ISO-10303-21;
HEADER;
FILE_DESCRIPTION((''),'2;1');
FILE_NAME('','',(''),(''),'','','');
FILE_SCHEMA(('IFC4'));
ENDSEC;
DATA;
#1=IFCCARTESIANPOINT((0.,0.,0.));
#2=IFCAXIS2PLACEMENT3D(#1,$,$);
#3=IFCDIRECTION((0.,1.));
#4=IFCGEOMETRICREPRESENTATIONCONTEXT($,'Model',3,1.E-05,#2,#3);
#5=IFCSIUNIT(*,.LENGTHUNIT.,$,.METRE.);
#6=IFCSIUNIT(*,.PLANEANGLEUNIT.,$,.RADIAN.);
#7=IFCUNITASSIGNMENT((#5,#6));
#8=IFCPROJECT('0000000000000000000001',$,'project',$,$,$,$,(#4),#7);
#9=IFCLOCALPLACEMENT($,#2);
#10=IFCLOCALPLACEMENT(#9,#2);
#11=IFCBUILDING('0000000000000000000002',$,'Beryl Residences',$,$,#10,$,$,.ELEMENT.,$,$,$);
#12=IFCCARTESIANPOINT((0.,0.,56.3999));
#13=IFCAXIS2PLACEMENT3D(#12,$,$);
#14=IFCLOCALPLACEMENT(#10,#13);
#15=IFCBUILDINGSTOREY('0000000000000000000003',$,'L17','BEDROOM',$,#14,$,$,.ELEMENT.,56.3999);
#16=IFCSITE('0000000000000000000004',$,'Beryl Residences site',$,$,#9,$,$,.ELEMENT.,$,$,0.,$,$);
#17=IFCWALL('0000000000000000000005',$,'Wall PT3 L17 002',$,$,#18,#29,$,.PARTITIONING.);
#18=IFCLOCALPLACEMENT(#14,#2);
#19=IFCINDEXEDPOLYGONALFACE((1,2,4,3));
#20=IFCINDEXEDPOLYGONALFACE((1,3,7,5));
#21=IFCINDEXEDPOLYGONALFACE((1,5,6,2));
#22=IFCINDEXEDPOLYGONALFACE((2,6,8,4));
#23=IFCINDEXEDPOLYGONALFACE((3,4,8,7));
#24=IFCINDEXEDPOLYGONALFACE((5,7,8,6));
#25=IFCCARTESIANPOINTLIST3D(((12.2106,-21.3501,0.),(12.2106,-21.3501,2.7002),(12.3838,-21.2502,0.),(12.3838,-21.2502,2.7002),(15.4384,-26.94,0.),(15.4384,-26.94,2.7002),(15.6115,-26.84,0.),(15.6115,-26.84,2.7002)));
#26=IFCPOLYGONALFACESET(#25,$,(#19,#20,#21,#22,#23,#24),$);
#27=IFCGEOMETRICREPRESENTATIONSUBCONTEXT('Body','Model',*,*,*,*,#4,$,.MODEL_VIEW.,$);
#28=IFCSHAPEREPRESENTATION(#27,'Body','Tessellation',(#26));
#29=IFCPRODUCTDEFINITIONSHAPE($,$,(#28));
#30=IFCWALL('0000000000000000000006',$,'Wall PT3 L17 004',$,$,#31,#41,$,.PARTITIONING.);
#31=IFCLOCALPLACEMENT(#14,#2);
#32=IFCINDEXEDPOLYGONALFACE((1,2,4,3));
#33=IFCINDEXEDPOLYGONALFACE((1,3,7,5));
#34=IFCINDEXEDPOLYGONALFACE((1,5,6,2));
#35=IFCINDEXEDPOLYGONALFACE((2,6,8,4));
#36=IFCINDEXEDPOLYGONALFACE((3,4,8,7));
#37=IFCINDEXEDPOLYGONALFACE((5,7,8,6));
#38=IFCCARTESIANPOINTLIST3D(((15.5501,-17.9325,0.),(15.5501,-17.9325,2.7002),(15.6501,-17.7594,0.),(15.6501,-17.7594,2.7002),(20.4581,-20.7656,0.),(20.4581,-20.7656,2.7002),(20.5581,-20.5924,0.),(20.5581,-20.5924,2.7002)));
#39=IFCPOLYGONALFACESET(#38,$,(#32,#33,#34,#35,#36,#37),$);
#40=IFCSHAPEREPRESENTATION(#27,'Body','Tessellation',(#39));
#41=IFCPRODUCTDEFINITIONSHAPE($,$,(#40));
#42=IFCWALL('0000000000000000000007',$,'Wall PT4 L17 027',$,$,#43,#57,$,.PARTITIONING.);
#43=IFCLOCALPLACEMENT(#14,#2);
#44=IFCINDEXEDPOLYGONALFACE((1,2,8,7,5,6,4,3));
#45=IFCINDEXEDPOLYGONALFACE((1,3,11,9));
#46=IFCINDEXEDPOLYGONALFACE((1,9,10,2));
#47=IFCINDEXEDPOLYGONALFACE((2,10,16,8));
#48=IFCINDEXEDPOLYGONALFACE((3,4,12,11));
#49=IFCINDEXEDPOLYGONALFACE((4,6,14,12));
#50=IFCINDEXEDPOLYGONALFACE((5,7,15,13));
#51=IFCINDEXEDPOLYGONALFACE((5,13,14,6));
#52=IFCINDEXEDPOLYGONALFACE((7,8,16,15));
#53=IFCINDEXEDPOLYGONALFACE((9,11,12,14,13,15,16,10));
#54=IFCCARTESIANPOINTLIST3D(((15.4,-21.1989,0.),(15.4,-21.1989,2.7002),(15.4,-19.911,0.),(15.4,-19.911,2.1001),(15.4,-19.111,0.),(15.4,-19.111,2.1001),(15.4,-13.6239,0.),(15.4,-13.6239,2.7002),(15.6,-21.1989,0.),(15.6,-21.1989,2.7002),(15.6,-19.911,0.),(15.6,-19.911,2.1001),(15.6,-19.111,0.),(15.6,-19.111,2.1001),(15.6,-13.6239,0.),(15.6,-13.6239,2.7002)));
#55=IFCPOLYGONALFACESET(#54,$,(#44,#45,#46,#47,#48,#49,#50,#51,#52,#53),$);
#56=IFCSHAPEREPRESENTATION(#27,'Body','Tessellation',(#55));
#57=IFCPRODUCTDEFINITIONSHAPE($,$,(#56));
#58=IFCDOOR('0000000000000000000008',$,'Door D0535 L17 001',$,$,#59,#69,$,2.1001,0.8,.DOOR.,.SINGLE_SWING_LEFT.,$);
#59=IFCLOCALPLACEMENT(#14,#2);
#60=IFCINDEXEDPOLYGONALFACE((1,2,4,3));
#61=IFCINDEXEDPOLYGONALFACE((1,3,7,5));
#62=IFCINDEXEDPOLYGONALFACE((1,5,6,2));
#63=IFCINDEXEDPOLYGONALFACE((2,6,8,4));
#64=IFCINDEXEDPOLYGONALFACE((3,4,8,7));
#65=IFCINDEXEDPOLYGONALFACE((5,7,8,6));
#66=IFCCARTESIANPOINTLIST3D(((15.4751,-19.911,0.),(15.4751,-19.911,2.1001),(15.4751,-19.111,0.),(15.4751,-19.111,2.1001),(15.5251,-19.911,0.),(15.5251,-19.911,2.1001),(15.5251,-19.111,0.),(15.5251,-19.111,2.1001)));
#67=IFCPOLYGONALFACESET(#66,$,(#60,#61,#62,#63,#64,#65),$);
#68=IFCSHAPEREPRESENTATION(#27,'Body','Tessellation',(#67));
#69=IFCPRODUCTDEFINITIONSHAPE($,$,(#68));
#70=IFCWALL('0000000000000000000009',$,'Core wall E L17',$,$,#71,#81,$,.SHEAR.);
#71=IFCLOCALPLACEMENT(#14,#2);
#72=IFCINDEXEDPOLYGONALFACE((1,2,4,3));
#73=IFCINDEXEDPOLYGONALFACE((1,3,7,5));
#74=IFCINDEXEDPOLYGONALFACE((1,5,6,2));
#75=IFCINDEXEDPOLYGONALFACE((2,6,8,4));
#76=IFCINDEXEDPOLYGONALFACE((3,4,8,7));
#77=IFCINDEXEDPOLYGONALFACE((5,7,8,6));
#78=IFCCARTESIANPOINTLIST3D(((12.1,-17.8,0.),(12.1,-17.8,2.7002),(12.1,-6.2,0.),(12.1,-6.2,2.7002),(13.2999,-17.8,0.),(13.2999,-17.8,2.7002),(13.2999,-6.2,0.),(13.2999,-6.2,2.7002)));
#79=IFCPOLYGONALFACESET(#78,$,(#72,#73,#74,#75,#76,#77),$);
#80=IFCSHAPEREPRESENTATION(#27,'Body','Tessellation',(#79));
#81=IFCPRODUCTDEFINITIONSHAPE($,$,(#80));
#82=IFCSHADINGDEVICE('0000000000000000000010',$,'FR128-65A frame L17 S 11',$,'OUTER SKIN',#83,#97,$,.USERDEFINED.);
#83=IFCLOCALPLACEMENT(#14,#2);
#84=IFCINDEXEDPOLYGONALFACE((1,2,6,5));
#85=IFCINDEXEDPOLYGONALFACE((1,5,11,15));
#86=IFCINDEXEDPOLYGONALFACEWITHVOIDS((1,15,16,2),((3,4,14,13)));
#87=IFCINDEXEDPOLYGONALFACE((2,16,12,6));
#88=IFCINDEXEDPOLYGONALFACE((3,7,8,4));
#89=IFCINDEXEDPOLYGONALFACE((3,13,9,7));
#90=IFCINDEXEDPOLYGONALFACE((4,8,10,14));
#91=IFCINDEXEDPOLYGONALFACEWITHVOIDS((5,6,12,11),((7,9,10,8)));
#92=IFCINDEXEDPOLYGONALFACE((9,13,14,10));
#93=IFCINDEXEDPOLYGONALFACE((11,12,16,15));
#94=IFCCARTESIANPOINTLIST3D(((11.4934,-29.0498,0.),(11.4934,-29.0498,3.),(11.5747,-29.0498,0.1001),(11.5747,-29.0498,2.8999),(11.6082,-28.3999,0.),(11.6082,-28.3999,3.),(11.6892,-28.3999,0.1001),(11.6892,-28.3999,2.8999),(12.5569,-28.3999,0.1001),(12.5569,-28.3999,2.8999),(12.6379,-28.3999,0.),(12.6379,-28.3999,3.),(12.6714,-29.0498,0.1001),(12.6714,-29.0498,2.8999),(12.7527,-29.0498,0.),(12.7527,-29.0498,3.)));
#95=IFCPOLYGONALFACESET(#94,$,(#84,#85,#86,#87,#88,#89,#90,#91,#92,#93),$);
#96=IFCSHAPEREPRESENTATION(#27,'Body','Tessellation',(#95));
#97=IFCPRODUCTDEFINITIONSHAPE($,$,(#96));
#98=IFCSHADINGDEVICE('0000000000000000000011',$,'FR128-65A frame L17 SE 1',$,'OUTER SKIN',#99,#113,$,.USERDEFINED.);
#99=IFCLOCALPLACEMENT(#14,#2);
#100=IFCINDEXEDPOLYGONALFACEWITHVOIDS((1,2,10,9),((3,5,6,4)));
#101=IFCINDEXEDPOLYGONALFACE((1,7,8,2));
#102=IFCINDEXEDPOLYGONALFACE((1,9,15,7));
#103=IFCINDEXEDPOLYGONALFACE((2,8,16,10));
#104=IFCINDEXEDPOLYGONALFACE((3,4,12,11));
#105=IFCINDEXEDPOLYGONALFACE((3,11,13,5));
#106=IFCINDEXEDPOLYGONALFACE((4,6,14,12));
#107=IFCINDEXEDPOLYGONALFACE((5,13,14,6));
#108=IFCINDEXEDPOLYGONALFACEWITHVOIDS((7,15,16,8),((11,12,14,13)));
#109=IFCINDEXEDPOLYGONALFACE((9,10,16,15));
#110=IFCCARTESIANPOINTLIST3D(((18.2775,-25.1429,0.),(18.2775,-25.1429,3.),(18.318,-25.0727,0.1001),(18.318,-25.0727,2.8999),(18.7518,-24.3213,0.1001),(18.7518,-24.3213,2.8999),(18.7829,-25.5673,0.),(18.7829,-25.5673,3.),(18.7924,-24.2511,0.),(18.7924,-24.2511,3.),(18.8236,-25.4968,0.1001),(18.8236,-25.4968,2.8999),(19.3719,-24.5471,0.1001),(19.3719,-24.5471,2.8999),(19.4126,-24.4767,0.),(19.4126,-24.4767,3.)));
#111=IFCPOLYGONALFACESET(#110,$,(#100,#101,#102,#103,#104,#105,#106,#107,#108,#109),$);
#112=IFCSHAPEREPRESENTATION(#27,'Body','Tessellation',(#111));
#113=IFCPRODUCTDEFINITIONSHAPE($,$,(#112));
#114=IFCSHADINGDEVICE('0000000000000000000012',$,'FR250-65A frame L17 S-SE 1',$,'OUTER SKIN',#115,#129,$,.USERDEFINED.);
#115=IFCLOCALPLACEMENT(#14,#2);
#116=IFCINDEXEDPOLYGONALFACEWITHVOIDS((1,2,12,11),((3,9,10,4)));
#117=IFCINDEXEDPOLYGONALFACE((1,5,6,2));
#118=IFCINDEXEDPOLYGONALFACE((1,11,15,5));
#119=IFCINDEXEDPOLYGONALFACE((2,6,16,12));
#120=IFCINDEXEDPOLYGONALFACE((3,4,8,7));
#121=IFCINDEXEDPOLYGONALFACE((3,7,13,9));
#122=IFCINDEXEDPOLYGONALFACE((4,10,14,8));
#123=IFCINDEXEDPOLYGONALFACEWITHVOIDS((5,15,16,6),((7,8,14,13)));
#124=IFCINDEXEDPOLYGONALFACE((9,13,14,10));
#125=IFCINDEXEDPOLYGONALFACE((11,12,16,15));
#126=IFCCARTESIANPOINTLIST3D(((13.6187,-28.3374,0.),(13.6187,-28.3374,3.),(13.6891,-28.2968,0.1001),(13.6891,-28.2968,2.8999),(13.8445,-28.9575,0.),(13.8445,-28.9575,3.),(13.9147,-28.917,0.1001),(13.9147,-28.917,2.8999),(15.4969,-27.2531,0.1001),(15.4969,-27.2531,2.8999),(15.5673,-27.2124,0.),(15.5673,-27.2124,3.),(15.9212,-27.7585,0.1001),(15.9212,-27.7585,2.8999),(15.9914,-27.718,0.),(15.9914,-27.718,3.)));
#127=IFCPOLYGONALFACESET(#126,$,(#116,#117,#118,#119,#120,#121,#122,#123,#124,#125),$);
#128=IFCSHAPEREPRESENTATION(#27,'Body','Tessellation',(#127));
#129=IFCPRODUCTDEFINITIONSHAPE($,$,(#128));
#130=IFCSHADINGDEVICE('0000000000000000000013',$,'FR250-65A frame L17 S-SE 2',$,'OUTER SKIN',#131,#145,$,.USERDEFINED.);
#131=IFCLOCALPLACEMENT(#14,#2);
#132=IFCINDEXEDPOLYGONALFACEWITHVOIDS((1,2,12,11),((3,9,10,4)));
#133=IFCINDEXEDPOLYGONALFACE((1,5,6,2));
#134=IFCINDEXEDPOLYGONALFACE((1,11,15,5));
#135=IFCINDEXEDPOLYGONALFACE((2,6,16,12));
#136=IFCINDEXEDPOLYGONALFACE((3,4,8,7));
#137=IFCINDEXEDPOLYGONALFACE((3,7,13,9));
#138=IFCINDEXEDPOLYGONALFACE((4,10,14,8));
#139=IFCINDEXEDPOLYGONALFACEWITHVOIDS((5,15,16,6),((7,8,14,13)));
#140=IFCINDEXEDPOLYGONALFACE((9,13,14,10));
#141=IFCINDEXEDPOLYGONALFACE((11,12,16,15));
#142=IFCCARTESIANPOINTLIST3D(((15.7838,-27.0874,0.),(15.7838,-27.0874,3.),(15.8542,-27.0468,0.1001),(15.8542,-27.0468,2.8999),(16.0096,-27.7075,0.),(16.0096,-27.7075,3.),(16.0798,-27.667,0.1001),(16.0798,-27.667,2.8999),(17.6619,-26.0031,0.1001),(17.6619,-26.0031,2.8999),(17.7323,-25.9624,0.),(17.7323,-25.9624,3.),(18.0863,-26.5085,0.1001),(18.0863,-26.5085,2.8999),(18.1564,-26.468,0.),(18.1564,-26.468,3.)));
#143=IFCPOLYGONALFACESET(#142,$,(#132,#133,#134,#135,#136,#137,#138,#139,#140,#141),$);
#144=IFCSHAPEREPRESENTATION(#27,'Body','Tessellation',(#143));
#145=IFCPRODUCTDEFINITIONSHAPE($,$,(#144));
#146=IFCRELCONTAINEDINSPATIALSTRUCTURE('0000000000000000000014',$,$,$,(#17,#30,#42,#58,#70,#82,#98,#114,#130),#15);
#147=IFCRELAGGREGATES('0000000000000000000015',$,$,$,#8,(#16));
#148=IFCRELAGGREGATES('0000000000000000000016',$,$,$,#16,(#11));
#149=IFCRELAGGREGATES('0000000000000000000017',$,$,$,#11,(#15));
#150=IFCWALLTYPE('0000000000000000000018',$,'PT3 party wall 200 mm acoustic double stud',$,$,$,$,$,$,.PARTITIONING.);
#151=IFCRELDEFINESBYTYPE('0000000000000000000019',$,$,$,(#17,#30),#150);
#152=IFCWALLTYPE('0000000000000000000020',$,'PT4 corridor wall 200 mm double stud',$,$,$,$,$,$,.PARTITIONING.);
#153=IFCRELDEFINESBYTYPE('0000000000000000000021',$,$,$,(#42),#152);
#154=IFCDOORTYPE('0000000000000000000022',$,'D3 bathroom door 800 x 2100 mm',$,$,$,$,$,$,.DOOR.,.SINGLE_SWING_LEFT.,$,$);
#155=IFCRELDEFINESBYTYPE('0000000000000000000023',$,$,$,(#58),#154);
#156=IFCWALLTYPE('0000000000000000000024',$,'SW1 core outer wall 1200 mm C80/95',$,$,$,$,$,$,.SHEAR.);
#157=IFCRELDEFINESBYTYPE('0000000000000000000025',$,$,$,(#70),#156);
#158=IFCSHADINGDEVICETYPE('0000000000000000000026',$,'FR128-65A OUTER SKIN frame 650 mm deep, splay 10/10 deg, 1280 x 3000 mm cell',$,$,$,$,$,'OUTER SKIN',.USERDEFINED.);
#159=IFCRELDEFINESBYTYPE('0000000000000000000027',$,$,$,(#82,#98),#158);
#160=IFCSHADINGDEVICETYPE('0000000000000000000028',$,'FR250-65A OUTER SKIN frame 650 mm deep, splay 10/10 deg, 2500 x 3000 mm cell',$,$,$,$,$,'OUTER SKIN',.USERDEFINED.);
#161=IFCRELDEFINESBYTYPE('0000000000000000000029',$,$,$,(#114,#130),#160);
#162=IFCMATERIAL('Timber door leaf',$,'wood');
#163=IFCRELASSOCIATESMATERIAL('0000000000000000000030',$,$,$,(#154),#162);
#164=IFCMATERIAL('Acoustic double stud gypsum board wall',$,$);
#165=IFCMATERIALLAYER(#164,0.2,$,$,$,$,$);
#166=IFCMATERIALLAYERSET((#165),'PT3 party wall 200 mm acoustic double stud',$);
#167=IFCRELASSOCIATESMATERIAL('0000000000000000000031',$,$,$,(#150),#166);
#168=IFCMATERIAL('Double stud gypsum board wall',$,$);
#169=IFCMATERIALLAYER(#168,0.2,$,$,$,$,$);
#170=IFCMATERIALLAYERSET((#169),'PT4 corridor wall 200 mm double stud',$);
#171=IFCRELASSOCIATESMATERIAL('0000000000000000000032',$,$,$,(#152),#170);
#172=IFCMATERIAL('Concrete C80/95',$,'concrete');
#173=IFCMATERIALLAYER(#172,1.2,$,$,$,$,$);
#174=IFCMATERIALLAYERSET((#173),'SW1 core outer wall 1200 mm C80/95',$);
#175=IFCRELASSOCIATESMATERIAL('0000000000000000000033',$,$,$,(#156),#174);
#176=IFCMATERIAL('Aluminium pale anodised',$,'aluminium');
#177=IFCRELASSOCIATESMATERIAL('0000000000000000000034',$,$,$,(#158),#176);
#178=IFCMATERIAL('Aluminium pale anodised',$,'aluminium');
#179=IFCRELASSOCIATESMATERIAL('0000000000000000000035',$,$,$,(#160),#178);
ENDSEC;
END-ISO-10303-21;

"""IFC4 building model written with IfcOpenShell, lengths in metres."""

from ifc_helpers import new_model, entity, si_unit, direction, frame, frame_2d, origin, place, context, subcontext, project, spatial, rectangle, extrude, source, transform, mapped, material, layer, layer_set, type_object, type_shapes, element, fill, save


model = new_model("IFC4")

# Units and contexts
model_context = context("Model", 3, precision=1e-05, world=origin(), true_north=direction((0.0, 1.0)))
body_context = subcontext(model_context, "Body", "Model", "MODEL_VIEW")
ifc_project = project(units=[si_unit("LENGTHUNIT", "METRE"), si_unit("PLANEANGLEUNIT", "RADIAN")], contexts=[model_context])

# Site, building, storey
site_placement = place(None, origin())
site = spatial("IfcSite", under=ifc_project, at=site_placement, Name="Beryl Residences site", CompositionType="ELEMENT", RefElevation=0.0)
building_placement = place(site_placement, origin())
building = spatial("IfcBuilding", under=site, at=building_placement, Name="Beryl Residences", CompositionType="ELEMENT")
storey_placement = place(building_placement, frame((0.0, 0.0, 56.3999)))
storey = spatial("IfcBuildingStorey", under=building, at=storey_placement, Name="L17", Description="BEDROOM", CompositionType="ELEMENT", Elevation=56.3999)

# Shared definitions
ifc_material_1 = material(Name="Timber door leaf", Category="wood")
door_type = type_object("IfcDoorType", Name="D3 bathroom door 800 x 2100 mm", OperationType="SINGLE_SWING_LEFT", PredefinedType="DOOR", material=ifc_material_1)

# Walls
ifc_material_2 = material(Name="Acoustic double stud gypsum board wall")
ifc_layer_1 = layer(ifc_material_2, 0.2)
ifc_layer_set_1 = layer_set([ifc_layer_1], Name="PT3 party wall 200 mm acoustic double stud")
wall_type_1 = type_object("IfcWallType", Name="PT3 party wall 200 mm acoustic double stud", PredefinedType="PARTITIONING", material=ifc_layer_set_1)
wall_1_placement = place(storey_placement, frame((12.2971, -21.3, 0.0), z_axis=(0.0, 0.0, 1.0), x_axis=(0.500056, -0.865993, 0.0)))
element("IfcWall", 1, at=wall_1_placement, inside=storey, type_object=wall_type_1, Name="Wall PT3 L17 002", PredefinedType="PARTITIONING", context=body_context, shape_type="SweptSolid", body=[
    extrude(rectangle(XDim=6.4548, YDim=0.2, at=frame_2d((3.2275, 0.0))), origin(), (0.0, 0.0, 1.0), 2.7002),
])
wall_2_placement = place(storey_placement, frame((15.6001, -17.8459, 0.0), z_axis=(0.0, 0.0, 1.0), x_axis=(0.866072, -0.49992, 0.0)))
element("IfcWall", 2, at=wall_2_placement, inside=storey, type_object=wall_type_1, Name="Wall PT3 L17 004", PredefinedType="PARTITIONING", context=body_context, shape_type="SweptSolid", body=[
    extrude(rectangle(XDim=5.667, YDim=0.2, at=frame_2d((2.8335, 0.0))), origin(), (0.0, 0.0, 1.0), 2.7002),
])

# Wall, opening, door
ifc_material_3 = material(Name="Double stud gypsum board wall")
ifc_layer_2 = layer(ifc_material_3, 0.2)
ifc_layer_set_2 = layer_set([ifc_layer_2], Name="PT4 corridor wall 200 mm double stud")
wall_type_2 = type_object("IfcWallType", Name="PT4 corridor wall 200 mm double stud", PredefinedType="PARTITIONING", material=ifc_layer_set_2)
wall_3_placement = place(storey_placement, frame((15.5, -21.199, 0.0), z_axis=(0.0, 0.0, 1.0), x_axis=(0.0, 1.0, 0.0)))
wall_3 = element("IfcWall", 3, at=wall_3_placement, inside=storey, type_object=wall_type_2, Name="Wall PT4 L17 027", PredefinedType="PARTITIONING", context=body_context, shape_type="SweptSolid", body=[
    extrude(rectangle(XDim=7.575, YDim=0.2, at=frame_2d((3.7876, 0.0))), origin(), (0.0, 0.0, 1.0), 2.7002),
])
opening_1_placement = place(wall_3_placement, frame((1.2881, 0.0, 0.0)))
opening_1 = element("IfcOpeningElement", 4, at=opening_1_placement, cuts=wall_3, PredefinedType="OPENING", context=body_context, shape_type="SweptSolid", body=[
    extrude(rectangle(XDim=0.8, YDim=2.1001, at=frame_2d((0.3999, 1.05))), frame((0.0, 0.1099, 0.0), z_axis=(0.0, -1.0, 0.0), x_axis=(1.0, 0.0, 0.0)), (0.0, 0.0, 1.0), 0.22),
])
door_1_placement = place(opening_1_placement, origin())
door_1 = element("IfcDoor", 5, at=door_1_placement, inside=storey, type_object=door_type, Name="Door D0535 L17 001", OperationType="SINGLE_SWING_LEFT", OverallHeight=2.1001, OverallWidth=0.8, PredefinedType="DOOR", context=body_context, shape_type="SweptSolid", body=[
    extrude(rectangle(XDim=0.8, YDim=2.1001, at=frame_2d((0.3999, 1.05))), frame((0.0, 0.0249, 0.0), z_axis=(0.0, -1.0, 0.0), x_axis=(1.0, 0.0, 0.0)), (0.0, 0.0, 1.0), 0.05),
])
fill(opening_1, door_1)

# Wall
ifc_material_4 = material(Name="Concrete C80/95", Category="concrete")
ifc_layer_3 = layer(ifc_material_4, 1.2)
ifc_layer_set_3 = layer_set([ifc_layer_3], Name="SW1 core outer wall 1200 mm C80/95")
wall_type_3 = type_object("IfcWallType", Name="SW1 core outer wall 1200 mm C80/95", PredefinedType="SHEAR", material=ifc_layer_set_3)
wall_4_placement = place(storey_placement, frame((12.7, -17.8, 0.0), z_axis=(0.0, 0.0, 1.0), x_axis=(0.0, 1.0, 0.0)))
element("IfcWall", 6, at=wall_4_placement, inside=storey, type_object=wall_type_3, Name="Core wall E L17", PredefinedType="SHEAR", context=body_context, shape_type="SweptSolid", body=[
    extrude(rectangle(XDim=11.6001, YDim=1.2, at=frame_2d((5.8, 0.0))), origin(), (0.0, 0.0, 1.0), 2.7002),
])

# Shading devices
ifc_material_5 = material(Name="Aluminium pale anodised", Category="aluminium")
shading_device_type_1 = type_object("IfcShadingDeviceType", Name="FR128-65A OUTER SKIN frame 650 mm deep, splay 10/10 deg, 1280 x 3000 mm cell", ElementType="OUTER SKIN", PredefinedType="USERDEFINED", material=ifc_material_5)
cartesian_point_1 = entity("IfcCartesianPoint", [-0.5149, 0.0])
cartesian_point_2 = entity("IfcCartesianPoint", [-0.4338, 0.1001])
cartesian_point_3 = entity("IfcCartesianPoint", [-0.6296, 0.0])
cartesian_point_4 = entity("IfcCartesianPoint", [-0.5483, 0.1001])
shared_shape_1 = source(origin(), body_context, "Body", "SweptSolid", [
    entity("IfcExtrudedAreaSolidTapered", entity("IfcArbitraryProfileDefWithVoids", "AREA", None, entity("IfcPolyline", [cartesian_point_1, entity("IfcCartesianPoint", [0.5149, 0.0]), entity("IfcCartesianPoint", [0.5149, 3.0]), entity("IfcCartesianPoint", [-0.5149, 3.0]), cartesian_point_1]), [entity("IfcPolyline", [cartesian_point_2, entity("IfcCartesianPoint", [0.4338, 0.1001]), entity("IfcCartesianPoint", [0.4338, 2.8999]), entity("IfcCartesianPoint", [-0.4338, 2.8999]), cartesian_point_2])]), entity("IfcAxis2Placement3D", entity("IfcCartesianPoint", [0.0, 0.0, 0.0]), entity("IfcDirection", [0.0, 1.0, 0.0]), entity("IfcDirection", [-1.0, 0.0, 0.0])), entity("IfcDirection", [0.0, 0.0, 1.0]), 0.6499, entity("IfcArbitraryProfileDefWithVoids", "AREA", None, entity("IfcPolyline", [cartesian_point_3, entity("IfcCartesianPoint", [0.6296, 0.0]), entity("IfcCartesianPoint", [0.6296, 3.0]), entity("IfcCartesianPoint", [-0.6296, 3.0]), cartesian_point_3]), [entity("IfcPolyline", [cartesian_point_4, entity("IfcCartesianPoint", [0.5483, 0.1001]), entity("IfcCartesianPoint", [0.5483, 2.8999]), entity("IfcCartesianPoint", [-0.5483, 2.8999]), cartesian_point_4])])),
])
type_shapes(shading_device_type_1, [shared_shape_1])
for number, where, z_axis, x_axis, name in (
    (7, (12.123, -28.3999, 0.0), (0.0, 0.0, 1.0), (-1.0, 0.0, 0.0), "FR128-65A frame L17 S 11"),
    (8, (18.5349, -24.697, 0.0), (0.0, 0.0, 1.0), (-0.5, -0.866025, 0.0), "FR128-65A frame L17 SE 1"),
):
    element("IfcShadingDevice", number, at=place(storey_placement, frame(where, z_axis=z_axis, x_axis=x_axis)), inside=storey, type_object=shading_device_type_1, Name=name, ObjectType="OUTER SKIN", PredefinedType="USERDEFINED", context=body_context, shape_type="MappedRepresentation", body=[
        mapped(shared_shape_1, transform((0.0, 0.0, 0.0))),
    ])
ifc_material_6 = material(Name="Aluminium pale anodised", Category="aluminium")
shading_device_type_2 = type_object("IfcShadingDeviceType", Name="FR250-65A OUTER SKIN frame 650 mm deep, splay 10/10 deg, 2500 x 3000 mm cell", ElementType="OUTER SKIN", PredefinedType="USERDEFINED", material=ifc_material_6)
cartesian_point_5 = entity("IfcCartesianPoint", [-1.125, 0.0])
cartesian_point_6 = entity("IfcCartesianPoint", [-1.0437, 0.1001])
cartesian_point_7 = entity("IfcCartesianPoint", [-1.2395, 0.0])
cartesian_point_8 = entity("IfcCartesianPoint", [-1.1584, 0.1001])
shared_shape_2 = source(origin(), body_context, "Body", "SweptSolid", [
    entity("IfcExtrudedAreaSolidTapered", entity("IfcArbitraryProfileDefWithVoids", "AREA", None, entity("IfcPolyline", [cartesian_point_5, entity("IfcCartesianPoint", [1.125, 0.0]), entity("IfcCartesianPoint", [1.125, 3.0]), entity("IfcCartesianPoint", [-1.125, 3.0]), cartesian_point_5]), [entity("IfcPolyline", [cartesian_point_6, entity("IfcCartesianPoint", [1.0437, 0.1001]), entity("IfcCartesianPoint", [1.0437, 2.8999]), entity("IfcCartesianPoint", [-1.0437, 2.8999]), cartesian_point_6])]), entity("IfcAxis2Placement3D", entity("IfcCartesianPoint", [0.0, 0.0, 0.0]), entity("IfcDirection", [0.0, 1.0, 0.0]), entity("IfcDirection", [-1.0, 0.0, 0.0])), entity("IfcDirection", [0.0, 0.0, 1.0]), 0.6499, entity("IfcArbitraryProfileDefWithVoids", "AREA", None, entity("IfcPolyline", [cartesian_point_7, entity("IfcCartesianPoint", [1.2395, 0.0]), entity("IfcCartesianPoint", [1.2395, 3.0]), entity("IfcCartesianPoint", [-1.2395, 3.0]), cartesian_point_7]), [entity("IfcPolyline", [cartesian_point_8, entity("IfcCartesianPoint", [1.1584, 0.1001]), entity("IfcCartesianPoint", [1.1584, 2.8999]), entity("IfcCartesianPoint", [-1.1584, 2.8999]), cartesian_point_8])])),
])
type_shapes(shading_device_type_2, [shared_shape_2])
for number, where, z_axis, x_axis, name in (
    (9, (14.593, -27.7749, 0.0), (0.0, 0.0, 1.0), (-0.866025, -0.5, 0.0), "FR250-65A frame L17 S-SE 1"),
    (10, (16.7581, -26.5249, 0.0), (0.0, 0.0, 1.0), (-0.866025, -0.5, 0.0), "FR250-65A frame L17 S-SE 2"),
):
    element("IfcShadingDevice", number, at=place(storey_placement, frame(where, z_axis=z_axis, x_axis=x_axis)), inside=storey, type_object=shading_device_type_2, Name=name, ObjectType="OUTER SKIN", PredefinedType="USERDEFINED", context=body_context, shape_type="MappedRepresentation", body=[
        mapped(shared_shape_2, transform((0.0, 0.0, 0.0))),
    ])

save(model, "model.ifc")
